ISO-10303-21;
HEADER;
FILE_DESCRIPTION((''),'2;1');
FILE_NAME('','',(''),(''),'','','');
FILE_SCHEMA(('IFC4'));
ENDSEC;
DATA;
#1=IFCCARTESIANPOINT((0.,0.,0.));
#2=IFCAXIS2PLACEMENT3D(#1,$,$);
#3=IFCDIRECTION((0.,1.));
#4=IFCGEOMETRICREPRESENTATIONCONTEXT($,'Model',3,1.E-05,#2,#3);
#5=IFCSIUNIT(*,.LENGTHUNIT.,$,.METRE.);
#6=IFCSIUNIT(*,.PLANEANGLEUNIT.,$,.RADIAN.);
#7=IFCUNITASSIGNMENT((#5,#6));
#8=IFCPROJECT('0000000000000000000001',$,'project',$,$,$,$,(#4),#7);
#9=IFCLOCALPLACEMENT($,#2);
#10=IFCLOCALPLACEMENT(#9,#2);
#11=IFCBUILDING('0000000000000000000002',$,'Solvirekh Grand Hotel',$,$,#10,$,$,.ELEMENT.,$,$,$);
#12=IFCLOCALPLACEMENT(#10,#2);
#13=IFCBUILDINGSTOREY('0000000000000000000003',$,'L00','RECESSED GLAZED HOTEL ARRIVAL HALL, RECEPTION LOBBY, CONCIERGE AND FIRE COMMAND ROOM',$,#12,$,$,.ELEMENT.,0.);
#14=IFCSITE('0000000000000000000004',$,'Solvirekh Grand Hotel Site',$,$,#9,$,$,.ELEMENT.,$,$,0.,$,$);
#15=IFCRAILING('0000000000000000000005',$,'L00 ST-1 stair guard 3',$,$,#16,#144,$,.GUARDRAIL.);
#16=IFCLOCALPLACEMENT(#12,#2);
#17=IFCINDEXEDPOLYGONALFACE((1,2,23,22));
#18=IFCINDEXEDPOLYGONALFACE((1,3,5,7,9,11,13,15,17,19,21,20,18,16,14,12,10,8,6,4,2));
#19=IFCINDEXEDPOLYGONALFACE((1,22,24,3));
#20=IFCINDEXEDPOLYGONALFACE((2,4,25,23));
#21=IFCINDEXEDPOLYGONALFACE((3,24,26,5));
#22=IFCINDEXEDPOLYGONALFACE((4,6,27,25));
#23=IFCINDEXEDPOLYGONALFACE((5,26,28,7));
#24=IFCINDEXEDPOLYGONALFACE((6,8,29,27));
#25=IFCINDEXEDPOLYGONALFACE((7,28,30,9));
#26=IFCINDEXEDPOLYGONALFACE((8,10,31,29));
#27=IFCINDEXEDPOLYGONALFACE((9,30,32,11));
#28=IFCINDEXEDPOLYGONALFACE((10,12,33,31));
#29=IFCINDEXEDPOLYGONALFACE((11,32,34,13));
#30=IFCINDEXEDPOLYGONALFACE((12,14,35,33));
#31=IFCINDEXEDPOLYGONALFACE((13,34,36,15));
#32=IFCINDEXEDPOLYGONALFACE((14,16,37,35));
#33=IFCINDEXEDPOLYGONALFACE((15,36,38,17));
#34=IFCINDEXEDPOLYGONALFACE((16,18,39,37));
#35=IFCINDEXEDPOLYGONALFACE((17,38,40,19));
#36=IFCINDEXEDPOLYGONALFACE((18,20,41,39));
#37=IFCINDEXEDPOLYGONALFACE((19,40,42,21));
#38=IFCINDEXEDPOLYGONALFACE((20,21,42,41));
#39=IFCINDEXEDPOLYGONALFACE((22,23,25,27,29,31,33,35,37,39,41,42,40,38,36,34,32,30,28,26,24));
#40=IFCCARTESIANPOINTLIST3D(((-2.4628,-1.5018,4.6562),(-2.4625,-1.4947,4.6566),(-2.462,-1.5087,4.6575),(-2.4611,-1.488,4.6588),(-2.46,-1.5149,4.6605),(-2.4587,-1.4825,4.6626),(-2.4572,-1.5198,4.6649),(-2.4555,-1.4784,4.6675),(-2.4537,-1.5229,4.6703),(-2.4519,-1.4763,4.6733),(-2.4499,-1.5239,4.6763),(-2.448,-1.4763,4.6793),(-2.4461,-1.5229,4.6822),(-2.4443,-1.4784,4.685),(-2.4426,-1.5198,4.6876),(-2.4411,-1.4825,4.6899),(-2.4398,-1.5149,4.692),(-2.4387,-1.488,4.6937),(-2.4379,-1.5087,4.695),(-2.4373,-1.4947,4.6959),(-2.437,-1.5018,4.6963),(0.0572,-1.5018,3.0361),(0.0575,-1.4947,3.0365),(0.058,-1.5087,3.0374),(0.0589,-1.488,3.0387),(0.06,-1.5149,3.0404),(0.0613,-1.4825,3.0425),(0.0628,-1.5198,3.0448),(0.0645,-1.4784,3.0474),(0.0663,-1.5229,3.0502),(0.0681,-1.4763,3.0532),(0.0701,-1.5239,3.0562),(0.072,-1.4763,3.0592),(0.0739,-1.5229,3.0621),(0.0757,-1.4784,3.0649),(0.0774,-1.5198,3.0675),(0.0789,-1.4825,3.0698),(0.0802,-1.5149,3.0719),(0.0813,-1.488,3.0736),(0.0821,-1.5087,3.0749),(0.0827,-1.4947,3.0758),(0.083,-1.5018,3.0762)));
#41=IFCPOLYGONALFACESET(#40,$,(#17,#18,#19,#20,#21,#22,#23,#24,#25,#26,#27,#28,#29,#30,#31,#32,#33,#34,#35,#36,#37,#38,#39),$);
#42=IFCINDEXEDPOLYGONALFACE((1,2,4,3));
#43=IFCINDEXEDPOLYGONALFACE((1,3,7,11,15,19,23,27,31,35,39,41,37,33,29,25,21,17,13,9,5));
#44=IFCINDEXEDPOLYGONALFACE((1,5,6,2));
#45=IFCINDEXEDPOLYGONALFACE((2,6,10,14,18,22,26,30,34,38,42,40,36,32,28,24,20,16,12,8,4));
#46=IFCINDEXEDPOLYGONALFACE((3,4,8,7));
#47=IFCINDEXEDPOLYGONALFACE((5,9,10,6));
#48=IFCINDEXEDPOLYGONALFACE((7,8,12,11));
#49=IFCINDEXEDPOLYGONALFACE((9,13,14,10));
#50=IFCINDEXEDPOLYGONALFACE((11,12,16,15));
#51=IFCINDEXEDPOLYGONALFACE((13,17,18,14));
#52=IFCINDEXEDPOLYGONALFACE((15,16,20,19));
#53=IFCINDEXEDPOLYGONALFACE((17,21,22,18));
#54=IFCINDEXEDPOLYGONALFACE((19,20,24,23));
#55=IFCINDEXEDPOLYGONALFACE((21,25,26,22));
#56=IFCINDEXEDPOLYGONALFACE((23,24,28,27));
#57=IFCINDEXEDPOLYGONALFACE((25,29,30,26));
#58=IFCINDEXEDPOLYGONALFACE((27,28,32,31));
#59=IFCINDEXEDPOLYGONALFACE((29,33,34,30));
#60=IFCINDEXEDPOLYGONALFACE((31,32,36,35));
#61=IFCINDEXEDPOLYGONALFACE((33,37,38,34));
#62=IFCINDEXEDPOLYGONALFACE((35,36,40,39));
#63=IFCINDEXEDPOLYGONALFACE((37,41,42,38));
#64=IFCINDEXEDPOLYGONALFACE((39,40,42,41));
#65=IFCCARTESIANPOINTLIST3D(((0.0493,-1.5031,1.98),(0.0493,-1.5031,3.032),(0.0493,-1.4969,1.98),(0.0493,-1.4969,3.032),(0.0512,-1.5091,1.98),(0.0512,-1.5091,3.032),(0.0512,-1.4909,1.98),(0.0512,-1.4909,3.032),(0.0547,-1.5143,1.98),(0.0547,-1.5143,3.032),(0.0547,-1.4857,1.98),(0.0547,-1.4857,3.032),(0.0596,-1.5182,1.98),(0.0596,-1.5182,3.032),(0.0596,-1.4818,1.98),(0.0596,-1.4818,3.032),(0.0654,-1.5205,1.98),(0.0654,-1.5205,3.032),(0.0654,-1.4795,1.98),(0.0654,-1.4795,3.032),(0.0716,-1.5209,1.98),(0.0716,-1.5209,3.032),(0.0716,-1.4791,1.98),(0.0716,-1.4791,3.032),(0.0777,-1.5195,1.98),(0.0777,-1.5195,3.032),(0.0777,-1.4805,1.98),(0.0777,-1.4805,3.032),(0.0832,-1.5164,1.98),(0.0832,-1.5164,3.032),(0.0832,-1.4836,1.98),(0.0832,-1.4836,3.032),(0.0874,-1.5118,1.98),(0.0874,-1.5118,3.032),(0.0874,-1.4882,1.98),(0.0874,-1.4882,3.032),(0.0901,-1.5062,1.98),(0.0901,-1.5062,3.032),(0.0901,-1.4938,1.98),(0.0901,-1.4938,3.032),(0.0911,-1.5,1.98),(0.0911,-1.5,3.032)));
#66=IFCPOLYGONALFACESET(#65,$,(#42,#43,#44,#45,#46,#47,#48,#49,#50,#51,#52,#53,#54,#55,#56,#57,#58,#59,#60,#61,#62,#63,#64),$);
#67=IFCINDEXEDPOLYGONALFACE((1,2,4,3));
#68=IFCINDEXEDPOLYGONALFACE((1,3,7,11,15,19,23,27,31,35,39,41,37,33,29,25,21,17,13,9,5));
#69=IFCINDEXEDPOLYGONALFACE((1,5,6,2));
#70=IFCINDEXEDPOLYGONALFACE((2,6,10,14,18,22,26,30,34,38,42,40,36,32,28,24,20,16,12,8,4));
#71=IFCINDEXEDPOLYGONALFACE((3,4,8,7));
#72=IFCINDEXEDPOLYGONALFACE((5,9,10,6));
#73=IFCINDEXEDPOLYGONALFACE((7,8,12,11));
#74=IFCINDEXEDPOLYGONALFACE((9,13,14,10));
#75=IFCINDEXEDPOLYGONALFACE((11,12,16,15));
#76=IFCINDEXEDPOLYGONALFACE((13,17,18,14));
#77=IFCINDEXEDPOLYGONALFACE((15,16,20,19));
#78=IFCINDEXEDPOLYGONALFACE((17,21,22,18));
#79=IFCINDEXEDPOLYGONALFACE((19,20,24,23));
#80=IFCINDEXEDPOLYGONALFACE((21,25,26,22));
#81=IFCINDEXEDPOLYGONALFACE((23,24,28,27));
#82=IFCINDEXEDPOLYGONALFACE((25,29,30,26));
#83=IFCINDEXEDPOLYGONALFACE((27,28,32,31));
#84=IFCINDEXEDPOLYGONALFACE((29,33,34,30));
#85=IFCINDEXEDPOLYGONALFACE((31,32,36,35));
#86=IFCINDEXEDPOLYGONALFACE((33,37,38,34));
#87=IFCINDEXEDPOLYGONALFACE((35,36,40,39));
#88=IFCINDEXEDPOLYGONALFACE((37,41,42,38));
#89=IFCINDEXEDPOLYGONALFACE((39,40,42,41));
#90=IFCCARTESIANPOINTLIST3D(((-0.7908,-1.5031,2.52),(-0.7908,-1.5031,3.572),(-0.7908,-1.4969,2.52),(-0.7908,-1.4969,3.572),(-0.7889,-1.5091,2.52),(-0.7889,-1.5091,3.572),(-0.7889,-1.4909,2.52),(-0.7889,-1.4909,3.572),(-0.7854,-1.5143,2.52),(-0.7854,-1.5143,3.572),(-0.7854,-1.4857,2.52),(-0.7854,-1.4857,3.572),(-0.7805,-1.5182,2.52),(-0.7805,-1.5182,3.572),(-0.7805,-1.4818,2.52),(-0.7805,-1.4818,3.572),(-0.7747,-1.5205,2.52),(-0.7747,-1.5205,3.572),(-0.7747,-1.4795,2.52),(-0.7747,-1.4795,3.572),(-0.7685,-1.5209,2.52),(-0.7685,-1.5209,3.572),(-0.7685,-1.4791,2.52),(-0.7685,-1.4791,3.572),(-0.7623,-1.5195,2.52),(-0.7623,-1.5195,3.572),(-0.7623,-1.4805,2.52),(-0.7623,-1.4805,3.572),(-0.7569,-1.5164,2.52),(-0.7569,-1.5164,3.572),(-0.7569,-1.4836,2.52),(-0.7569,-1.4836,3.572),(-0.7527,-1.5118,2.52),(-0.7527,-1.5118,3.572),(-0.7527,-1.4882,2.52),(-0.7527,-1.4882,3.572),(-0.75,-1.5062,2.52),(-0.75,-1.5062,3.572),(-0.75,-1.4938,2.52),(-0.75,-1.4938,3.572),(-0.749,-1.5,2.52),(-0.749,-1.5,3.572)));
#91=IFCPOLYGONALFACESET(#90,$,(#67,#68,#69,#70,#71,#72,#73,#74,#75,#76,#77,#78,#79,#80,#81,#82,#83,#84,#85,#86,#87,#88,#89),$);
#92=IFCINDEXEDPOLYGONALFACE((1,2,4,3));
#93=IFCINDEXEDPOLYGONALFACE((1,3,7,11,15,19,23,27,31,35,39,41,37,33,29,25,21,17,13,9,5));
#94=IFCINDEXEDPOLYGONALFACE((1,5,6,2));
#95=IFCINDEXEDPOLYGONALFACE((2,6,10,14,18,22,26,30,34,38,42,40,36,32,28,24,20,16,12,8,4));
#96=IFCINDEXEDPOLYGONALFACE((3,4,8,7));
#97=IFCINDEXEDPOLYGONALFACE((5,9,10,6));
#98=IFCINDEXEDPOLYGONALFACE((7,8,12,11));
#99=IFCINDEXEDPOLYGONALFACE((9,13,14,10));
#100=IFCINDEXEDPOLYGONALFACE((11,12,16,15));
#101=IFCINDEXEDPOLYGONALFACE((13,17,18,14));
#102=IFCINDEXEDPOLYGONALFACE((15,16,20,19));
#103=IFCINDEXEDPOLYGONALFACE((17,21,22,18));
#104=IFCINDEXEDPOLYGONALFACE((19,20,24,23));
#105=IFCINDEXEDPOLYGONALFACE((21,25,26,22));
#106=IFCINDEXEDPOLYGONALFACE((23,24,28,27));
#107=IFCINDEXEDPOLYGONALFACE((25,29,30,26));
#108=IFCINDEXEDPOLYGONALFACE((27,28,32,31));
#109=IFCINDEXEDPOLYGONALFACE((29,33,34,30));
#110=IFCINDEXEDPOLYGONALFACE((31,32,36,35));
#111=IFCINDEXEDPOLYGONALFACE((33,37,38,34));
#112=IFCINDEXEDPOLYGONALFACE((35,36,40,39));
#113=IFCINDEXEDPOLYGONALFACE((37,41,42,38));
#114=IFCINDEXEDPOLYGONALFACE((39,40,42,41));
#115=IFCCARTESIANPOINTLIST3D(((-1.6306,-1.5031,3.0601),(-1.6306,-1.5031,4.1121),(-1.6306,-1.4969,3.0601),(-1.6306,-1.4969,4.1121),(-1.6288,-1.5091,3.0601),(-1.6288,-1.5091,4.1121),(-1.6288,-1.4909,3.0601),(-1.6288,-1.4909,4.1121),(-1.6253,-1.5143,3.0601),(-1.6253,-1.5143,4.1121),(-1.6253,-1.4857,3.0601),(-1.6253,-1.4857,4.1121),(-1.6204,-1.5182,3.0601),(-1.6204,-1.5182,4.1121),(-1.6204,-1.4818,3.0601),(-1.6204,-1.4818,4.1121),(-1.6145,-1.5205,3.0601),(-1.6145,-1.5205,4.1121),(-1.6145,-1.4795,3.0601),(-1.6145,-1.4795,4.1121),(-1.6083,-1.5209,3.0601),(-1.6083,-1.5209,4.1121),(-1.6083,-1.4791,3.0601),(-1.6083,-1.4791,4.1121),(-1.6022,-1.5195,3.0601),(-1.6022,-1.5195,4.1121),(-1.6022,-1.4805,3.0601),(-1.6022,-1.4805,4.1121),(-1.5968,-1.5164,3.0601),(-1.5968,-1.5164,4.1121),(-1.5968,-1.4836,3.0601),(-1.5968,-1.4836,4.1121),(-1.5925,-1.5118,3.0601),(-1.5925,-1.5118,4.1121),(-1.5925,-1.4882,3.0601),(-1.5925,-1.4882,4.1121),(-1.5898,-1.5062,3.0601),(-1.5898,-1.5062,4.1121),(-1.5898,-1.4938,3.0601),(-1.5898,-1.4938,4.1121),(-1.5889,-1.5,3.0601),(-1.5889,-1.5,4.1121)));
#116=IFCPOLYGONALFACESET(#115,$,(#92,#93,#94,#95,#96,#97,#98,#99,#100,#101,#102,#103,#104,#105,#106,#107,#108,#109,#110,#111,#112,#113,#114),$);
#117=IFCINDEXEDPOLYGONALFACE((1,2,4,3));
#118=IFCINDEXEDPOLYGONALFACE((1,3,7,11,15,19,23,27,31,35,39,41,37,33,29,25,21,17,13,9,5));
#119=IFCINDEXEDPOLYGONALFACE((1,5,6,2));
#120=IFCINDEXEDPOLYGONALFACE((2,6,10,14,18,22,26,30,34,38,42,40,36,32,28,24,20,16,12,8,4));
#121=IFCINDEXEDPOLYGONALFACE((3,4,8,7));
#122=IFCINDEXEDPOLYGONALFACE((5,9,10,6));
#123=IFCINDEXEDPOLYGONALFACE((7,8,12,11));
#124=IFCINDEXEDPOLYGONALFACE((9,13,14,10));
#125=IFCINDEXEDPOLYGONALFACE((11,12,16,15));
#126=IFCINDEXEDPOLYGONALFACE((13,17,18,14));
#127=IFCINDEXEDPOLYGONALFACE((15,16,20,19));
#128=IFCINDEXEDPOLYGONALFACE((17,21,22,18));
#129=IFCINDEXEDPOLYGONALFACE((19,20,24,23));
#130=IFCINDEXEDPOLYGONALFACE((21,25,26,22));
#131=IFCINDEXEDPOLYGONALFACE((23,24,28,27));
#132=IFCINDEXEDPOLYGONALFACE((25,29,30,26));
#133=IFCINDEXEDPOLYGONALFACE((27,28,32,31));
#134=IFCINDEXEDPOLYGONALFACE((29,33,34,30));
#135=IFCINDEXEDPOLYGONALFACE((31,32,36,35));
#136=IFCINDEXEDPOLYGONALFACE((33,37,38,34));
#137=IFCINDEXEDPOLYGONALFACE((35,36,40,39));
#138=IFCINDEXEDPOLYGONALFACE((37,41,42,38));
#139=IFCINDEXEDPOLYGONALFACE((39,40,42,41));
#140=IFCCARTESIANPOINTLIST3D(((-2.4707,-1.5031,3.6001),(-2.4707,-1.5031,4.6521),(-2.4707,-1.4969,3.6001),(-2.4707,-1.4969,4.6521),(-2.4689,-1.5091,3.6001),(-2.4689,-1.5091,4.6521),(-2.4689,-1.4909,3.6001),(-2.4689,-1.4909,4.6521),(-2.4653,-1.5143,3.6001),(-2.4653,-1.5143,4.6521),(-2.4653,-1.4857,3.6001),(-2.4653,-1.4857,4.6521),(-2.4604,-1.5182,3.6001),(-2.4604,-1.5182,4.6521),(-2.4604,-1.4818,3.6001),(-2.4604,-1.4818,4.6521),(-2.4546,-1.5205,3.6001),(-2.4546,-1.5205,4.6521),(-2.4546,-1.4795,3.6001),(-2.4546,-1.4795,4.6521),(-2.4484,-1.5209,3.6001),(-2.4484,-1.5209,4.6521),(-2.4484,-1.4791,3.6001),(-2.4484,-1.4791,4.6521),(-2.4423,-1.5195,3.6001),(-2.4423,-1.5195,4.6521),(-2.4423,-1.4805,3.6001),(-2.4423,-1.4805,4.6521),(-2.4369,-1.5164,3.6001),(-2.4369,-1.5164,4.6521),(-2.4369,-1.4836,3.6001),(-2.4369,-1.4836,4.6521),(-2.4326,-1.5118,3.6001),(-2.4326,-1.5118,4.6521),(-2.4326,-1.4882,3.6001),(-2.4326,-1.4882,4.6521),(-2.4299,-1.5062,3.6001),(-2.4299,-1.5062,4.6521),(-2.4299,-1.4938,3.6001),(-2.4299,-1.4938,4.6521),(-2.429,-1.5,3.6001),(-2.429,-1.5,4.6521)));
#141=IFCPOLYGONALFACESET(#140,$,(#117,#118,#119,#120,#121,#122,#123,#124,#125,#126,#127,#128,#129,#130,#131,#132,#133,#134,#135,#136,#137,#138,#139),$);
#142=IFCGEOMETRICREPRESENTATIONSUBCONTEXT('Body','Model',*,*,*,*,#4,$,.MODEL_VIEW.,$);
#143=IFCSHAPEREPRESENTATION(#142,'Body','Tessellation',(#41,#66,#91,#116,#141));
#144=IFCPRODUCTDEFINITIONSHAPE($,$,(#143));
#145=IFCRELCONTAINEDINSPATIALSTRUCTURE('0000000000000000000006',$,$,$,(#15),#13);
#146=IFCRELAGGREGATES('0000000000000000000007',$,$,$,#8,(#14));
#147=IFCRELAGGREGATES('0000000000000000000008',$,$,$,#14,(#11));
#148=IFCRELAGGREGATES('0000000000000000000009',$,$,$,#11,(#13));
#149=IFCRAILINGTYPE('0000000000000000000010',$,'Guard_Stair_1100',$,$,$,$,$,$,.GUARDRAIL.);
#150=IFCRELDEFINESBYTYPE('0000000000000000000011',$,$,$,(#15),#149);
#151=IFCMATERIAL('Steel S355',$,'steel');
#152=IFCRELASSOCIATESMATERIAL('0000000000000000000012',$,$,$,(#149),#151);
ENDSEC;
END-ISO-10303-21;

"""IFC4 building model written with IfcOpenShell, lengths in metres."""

from ifc_helpers import new_model, si_unit, direction, frame, origin, origin_2d, place, context, subcontext, project, spatial, circle, extrude, material, type_object, element, save


model = new_model("IFC4")

# Units and contexts
model_context = context("Model", 3, precision=1e-05, world=origin(), true_north=direction((0.0, 1.0)))
body_context = subcontext(model_context, "Body", "Model", "MODEL_VIEW")
ifc_project = project(units=[si_unit("LENGTHUNIT", "METRE"), si_unit("PLANEANGLEUNIT", "RADIAN")], contexts=[model_context])

# Site, building, storey
site_placement = place(None, origin())
site = spatial("IfcSite", under=ifc_project, at=site_placement, Name="Solvirekh Grand Hotel Site", CompositionType="ELEMENT", RefElevation=0.0)
building_placement = place(site_placement, origin())
building = spatial("IfcBuilding", under=site, at=building_placement, Name="Solvirekh Grand Hotel", CompositionType="ELEMENT")
storey_placement = place(building_placement, origin())
storey = spatial("IfcBuildingStorey", under=building, at=storey_placement, Name="L00", Description="RECESSED GLAZED HOTEL ARRIVAL HALL, RECEPTION LOBBY, CONCIERGE AND FIRE COMMAND ROOM", CompositionType="ELEMENT", Elevation=0.0)

# Shared definitions
ifc_material_1 = material(Name="Steel S355", Category="steel")

# Railing
railing_type_1 = type_object("IfcRailingType", Name="Guard_Stair_1100", PredefinedType="GUARDRAIL", material=ifc_material_1)
railing_1_placement = place(storey_placement, frame((0.0701, -1.5, 1.98)))
element("IfcRailing", 1, at=railing_1_placement, inside=storey, type_object=railing_type_1, Name="L00 ST-1 stair guard 3", PredefinedType="GUARDRAIL", context=body_context, shape_type="SweptSolid", body=[
    extrude(circle(Radius=0.0239, at=origin_2d()), frame((0.0, 0.0, 1.0762), z_axis=(-0.841163, 0.0, 0.540782), x_axis=(0.0, -1.0, 0.0)), (0.0, 0.0, 1.0), 2.9958),
    extrude(circle(Radius=0.021, at=origin_2d()), origin(), (0.0, 0.0, 1.0), 1.052),
    extrude(circle(Radius=0.021, at=origin_2d()), frame((-0.8401, 0.0, 0.54)), (0.0, 0.0, 1.0), 1.052),
    extrude(circle(Radius=0.021, at=origin_2d()), frame((-1.6799, 0.0, 1.0801)), (0.0, 0.0, 1.0), 1.052),
    extrude(circle(Radius=0.021, at=origin_2d()), frame((-2.52, 0.0, 1.6201)), (0.0, 0.0, 1.0), 1.052),
])

save(model, "model.ifc")
